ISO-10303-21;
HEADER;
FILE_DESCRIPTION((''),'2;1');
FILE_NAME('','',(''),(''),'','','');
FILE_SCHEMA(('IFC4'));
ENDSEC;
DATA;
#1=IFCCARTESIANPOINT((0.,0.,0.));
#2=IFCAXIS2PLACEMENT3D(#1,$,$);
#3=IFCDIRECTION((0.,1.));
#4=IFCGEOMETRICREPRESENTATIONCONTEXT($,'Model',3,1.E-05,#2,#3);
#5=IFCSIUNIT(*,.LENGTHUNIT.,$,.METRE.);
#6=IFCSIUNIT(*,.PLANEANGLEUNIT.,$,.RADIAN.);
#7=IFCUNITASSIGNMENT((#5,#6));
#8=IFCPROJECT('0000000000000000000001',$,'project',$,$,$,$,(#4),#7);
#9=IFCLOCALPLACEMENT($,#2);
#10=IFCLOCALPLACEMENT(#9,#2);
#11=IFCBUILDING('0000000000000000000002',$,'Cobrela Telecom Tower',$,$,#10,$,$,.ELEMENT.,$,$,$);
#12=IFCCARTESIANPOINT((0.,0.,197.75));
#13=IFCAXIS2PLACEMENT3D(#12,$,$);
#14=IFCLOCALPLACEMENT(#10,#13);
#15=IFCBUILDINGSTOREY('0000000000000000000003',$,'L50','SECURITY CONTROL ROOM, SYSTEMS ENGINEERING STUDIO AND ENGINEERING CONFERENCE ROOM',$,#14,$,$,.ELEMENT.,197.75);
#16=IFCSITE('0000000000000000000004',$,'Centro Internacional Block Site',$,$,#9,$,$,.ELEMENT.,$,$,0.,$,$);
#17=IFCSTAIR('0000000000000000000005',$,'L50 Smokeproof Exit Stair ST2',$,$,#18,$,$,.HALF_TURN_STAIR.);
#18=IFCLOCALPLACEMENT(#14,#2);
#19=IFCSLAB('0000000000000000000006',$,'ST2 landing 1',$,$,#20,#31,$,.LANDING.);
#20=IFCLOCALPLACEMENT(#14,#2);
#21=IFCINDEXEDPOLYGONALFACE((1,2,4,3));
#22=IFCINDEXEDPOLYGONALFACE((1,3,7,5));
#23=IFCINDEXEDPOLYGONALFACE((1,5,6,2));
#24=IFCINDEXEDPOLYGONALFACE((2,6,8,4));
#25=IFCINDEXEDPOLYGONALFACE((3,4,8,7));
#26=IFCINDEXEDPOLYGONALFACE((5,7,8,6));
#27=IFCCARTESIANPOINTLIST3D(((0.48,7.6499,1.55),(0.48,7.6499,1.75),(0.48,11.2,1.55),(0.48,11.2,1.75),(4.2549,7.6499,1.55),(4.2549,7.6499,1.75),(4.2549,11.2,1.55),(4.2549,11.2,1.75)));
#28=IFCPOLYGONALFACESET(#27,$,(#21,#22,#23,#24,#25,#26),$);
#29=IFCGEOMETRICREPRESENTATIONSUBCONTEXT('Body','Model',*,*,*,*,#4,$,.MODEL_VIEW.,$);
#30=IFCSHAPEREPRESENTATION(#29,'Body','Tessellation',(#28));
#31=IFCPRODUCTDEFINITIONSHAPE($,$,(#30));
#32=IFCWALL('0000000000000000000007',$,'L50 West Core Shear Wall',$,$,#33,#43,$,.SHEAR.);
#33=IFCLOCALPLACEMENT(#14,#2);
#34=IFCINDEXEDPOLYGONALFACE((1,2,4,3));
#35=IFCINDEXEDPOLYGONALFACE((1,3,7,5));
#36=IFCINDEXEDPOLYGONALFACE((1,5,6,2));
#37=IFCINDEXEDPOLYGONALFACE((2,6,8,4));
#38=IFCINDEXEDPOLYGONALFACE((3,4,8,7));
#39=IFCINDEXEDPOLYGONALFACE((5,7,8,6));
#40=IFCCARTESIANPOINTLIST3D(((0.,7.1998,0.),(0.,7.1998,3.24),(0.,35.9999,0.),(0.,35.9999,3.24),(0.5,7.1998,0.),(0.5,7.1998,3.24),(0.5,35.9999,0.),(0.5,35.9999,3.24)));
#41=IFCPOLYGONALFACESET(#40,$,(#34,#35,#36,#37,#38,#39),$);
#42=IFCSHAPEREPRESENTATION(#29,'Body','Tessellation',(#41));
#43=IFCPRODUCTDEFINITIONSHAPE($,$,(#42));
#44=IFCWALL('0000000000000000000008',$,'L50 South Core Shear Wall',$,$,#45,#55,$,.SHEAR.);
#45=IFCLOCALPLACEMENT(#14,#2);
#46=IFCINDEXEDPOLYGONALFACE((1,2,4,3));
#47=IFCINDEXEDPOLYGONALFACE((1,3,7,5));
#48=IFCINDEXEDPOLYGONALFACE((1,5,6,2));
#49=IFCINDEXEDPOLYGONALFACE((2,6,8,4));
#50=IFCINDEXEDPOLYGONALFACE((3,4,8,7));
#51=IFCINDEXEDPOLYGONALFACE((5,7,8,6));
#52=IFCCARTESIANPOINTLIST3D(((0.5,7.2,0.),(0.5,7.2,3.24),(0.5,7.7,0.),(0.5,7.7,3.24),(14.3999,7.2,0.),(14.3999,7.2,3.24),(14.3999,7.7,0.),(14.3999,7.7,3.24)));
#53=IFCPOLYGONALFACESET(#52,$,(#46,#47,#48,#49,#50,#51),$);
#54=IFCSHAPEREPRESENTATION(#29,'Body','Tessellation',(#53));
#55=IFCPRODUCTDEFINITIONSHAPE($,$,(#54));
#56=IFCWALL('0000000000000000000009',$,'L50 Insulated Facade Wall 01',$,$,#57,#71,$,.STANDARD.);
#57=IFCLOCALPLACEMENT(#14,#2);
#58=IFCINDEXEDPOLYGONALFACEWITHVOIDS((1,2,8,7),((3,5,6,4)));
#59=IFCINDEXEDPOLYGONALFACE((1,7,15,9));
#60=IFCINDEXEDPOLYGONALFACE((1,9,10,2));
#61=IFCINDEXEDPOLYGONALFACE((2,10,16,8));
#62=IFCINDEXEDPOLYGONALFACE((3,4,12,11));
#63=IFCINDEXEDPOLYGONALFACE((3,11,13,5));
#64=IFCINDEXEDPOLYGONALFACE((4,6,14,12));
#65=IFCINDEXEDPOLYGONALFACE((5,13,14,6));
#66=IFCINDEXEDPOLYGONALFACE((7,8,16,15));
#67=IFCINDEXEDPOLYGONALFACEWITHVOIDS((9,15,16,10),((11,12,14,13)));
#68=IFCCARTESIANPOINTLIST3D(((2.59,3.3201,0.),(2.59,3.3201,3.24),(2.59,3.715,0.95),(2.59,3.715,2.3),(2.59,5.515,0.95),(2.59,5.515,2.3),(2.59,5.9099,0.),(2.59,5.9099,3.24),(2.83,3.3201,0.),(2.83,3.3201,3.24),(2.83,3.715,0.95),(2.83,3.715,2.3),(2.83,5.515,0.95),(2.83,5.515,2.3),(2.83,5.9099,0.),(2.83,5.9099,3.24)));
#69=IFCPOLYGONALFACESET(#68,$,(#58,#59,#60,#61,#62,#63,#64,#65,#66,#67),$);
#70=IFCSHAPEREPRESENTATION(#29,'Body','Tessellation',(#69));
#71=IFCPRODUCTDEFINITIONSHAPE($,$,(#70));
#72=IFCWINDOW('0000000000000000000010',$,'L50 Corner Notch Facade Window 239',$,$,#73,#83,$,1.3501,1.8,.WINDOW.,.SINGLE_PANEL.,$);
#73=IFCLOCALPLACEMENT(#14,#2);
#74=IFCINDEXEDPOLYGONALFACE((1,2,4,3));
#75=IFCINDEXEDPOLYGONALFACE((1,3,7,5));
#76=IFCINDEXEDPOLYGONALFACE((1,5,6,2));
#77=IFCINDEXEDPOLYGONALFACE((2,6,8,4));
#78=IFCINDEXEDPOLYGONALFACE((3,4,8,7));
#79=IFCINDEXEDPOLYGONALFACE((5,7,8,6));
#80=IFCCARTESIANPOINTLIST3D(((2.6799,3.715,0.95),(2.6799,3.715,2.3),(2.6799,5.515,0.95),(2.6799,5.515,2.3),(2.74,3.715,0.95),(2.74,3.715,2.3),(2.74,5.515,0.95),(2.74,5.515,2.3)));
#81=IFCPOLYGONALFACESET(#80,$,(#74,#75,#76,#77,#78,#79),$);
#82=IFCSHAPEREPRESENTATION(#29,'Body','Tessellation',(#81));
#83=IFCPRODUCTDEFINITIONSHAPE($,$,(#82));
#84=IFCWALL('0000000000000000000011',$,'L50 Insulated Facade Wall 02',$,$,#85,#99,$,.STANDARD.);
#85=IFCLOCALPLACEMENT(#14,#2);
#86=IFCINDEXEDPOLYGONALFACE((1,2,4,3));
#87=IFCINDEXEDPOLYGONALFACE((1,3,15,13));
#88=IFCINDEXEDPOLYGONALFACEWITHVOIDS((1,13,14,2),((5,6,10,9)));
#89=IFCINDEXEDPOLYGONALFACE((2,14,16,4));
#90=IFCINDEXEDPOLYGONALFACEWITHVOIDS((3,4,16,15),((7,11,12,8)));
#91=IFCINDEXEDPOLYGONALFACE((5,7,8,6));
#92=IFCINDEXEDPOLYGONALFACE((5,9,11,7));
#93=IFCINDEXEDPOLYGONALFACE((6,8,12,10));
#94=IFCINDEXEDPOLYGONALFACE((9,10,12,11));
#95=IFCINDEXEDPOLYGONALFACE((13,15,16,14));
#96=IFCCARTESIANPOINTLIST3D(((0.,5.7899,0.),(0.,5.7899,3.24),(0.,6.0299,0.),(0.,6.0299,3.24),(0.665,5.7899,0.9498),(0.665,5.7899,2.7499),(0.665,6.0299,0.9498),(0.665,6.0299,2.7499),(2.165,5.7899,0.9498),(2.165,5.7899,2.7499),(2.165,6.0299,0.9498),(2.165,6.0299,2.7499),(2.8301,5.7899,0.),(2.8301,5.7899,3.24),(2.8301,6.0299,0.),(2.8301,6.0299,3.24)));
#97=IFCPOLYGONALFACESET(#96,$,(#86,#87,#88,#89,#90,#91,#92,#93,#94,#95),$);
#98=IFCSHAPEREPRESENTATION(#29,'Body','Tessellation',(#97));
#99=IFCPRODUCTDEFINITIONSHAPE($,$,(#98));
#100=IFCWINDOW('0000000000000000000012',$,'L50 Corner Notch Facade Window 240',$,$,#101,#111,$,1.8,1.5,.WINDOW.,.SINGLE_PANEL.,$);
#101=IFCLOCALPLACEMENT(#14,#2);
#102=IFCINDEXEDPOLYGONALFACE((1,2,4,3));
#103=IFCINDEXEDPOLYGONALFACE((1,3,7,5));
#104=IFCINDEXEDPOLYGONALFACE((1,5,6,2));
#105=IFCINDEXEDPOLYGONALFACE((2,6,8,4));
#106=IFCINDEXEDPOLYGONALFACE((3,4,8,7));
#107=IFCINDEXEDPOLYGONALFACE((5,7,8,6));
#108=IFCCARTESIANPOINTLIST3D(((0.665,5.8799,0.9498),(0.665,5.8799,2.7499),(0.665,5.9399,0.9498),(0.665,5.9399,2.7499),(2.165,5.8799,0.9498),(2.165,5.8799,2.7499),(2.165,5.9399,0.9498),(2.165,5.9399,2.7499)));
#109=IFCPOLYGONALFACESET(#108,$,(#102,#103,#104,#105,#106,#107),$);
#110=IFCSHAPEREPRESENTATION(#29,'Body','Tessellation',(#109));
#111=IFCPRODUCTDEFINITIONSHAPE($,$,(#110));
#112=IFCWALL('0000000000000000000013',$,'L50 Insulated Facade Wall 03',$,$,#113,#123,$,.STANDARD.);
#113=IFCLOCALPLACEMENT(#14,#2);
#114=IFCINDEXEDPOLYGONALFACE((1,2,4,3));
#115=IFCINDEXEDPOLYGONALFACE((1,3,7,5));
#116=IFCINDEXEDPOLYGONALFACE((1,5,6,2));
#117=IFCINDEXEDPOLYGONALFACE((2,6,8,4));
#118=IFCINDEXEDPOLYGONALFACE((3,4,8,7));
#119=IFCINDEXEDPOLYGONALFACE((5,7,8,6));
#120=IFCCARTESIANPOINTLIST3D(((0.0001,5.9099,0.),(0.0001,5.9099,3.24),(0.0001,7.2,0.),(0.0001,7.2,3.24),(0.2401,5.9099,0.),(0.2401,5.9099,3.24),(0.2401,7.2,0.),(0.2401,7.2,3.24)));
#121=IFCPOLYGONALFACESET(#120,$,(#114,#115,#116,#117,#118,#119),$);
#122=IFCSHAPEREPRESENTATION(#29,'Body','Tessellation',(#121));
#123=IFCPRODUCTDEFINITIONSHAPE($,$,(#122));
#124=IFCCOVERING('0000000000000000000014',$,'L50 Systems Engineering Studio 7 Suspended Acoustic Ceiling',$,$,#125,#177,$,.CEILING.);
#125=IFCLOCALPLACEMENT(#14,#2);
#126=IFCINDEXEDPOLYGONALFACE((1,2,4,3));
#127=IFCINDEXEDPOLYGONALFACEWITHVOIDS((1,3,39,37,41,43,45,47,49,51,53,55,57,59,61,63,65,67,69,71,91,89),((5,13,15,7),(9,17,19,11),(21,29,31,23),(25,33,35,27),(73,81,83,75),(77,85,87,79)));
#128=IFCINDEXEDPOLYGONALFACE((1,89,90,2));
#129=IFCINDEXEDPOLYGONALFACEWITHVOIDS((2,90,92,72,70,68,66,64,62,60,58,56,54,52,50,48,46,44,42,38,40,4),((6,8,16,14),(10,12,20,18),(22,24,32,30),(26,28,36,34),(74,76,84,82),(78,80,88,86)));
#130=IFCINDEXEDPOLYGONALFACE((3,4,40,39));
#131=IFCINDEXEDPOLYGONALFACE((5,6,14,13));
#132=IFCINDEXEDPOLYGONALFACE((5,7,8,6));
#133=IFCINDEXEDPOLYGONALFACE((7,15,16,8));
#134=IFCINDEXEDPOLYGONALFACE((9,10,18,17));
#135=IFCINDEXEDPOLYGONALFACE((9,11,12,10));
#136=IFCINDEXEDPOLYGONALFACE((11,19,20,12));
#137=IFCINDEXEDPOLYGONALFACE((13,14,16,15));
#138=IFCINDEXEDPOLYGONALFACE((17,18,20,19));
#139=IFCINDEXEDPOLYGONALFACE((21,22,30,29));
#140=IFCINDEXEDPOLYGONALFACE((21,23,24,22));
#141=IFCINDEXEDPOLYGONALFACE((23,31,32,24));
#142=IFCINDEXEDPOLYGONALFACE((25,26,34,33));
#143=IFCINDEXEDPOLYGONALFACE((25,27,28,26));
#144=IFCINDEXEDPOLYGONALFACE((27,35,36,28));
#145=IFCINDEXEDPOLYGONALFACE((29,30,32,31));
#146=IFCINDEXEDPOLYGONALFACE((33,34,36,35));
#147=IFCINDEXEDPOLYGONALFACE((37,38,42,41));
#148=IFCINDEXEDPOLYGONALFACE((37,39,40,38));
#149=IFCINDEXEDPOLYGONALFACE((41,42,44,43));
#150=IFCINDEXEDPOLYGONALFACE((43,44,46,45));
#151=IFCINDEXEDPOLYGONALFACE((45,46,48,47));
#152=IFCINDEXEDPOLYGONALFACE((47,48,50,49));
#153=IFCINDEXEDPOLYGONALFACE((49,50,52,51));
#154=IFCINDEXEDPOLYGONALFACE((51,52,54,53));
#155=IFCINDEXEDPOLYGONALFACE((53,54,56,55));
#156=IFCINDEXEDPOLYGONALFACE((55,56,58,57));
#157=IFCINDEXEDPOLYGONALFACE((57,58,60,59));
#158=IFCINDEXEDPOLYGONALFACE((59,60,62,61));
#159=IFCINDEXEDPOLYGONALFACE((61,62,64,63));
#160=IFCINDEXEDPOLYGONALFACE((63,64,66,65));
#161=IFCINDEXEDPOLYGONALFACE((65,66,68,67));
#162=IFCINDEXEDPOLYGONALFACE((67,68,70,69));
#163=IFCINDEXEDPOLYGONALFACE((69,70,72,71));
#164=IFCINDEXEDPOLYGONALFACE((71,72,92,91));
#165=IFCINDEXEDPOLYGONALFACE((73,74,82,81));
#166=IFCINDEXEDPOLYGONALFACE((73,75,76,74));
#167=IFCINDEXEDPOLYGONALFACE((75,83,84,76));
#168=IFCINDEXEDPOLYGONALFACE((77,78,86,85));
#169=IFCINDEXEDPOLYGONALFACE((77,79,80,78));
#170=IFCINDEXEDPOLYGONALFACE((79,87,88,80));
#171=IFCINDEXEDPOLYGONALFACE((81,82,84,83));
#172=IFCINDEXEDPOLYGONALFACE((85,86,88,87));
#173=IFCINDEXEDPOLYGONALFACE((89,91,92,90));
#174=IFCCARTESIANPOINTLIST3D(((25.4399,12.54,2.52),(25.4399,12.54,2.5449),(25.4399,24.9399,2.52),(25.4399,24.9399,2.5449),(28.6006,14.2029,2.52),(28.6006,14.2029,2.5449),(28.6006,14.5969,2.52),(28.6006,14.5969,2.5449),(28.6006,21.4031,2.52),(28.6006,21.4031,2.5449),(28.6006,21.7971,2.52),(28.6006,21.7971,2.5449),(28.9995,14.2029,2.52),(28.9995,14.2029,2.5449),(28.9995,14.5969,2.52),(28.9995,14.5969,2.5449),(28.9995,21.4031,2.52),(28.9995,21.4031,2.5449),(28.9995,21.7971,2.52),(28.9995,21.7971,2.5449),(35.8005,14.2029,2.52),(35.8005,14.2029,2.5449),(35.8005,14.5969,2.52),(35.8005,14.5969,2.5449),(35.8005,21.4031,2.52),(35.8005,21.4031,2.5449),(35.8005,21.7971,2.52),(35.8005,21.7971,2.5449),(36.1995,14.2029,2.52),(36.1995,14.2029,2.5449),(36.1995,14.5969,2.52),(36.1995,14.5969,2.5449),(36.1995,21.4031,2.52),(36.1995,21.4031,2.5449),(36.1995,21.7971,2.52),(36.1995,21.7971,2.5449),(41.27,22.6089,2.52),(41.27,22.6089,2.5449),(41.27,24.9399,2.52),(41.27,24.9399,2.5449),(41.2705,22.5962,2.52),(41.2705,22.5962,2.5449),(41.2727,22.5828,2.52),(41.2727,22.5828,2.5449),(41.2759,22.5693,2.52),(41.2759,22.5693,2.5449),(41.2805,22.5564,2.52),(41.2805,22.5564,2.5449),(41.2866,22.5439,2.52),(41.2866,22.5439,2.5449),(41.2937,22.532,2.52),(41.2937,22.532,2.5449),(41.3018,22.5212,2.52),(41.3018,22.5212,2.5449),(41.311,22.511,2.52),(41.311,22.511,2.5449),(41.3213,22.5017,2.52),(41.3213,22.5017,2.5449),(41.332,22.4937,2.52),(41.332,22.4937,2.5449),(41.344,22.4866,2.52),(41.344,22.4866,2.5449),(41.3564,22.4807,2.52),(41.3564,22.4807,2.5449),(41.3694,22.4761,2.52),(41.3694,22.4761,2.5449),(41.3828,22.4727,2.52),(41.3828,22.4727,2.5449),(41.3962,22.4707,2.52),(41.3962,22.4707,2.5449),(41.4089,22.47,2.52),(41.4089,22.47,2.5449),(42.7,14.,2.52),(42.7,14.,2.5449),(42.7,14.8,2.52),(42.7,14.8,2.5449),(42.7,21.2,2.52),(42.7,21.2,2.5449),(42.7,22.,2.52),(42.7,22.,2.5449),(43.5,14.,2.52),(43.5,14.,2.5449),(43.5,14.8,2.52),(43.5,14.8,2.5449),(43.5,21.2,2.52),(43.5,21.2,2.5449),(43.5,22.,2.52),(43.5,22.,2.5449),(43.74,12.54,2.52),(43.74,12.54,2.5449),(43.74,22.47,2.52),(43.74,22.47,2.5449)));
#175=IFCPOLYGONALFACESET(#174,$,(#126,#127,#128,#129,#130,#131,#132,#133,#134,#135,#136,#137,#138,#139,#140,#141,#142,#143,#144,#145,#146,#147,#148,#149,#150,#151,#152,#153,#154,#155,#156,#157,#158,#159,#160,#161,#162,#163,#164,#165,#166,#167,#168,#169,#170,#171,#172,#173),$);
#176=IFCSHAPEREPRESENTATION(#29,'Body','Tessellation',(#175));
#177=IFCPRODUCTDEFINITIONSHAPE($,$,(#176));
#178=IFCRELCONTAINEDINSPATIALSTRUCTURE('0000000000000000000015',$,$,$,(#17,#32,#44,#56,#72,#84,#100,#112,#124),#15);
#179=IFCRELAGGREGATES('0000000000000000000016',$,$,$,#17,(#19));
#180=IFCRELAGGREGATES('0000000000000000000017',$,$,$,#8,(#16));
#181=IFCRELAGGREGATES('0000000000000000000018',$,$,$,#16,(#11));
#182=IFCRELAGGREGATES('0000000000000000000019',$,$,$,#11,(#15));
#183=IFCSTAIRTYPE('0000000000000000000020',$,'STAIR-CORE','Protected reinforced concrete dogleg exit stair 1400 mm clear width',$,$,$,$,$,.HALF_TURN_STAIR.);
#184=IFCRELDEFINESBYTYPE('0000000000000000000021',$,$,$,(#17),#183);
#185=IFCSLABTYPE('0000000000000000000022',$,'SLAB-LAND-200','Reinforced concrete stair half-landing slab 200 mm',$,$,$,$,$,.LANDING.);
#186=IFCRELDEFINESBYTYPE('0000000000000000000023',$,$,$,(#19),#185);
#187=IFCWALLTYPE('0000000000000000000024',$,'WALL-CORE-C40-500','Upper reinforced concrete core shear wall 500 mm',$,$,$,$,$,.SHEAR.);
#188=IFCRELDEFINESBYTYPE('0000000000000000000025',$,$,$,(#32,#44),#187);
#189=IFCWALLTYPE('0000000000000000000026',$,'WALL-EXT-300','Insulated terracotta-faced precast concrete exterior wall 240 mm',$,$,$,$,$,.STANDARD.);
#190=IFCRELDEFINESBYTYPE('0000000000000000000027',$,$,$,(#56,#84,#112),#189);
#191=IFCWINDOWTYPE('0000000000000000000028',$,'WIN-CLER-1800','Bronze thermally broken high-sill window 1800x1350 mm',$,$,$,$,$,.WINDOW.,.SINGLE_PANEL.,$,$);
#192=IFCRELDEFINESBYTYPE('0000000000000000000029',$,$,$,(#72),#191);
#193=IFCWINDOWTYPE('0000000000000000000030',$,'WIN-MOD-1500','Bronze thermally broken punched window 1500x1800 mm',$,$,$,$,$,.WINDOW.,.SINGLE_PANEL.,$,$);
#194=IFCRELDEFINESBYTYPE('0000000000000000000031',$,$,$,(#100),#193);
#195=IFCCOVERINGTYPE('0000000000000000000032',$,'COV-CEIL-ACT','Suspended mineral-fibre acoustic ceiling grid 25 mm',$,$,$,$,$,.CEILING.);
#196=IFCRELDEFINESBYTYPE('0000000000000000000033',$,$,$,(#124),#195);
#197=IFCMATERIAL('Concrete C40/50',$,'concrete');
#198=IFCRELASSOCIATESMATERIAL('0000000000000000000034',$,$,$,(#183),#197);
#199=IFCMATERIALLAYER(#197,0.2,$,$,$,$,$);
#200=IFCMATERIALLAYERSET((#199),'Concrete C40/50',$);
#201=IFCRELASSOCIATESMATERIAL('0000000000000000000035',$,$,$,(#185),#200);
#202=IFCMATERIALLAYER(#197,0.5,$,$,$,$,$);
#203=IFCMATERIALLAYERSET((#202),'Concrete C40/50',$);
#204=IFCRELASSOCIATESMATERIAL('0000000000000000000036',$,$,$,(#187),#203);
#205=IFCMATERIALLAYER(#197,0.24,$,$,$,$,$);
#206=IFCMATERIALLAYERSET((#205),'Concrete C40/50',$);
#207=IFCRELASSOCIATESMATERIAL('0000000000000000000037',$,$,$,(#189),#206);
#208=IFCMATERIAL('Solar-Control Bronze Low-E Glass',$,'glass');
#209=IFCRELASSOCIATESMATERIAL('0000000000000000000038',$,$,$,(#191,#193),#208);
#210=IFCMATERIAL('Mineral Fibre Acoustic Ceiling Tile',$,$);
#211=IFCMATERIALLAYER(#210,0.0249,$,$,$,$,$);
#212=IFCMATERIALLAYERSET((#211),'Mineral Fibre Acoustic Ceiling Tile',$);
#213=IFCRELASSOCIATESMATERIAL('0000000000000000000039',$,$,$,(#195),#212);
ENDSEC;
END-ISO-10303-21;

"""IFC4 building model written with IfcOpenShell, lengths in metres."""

from ifc_helpers import new_model, si_unit, direction, frame, frame_2d, origin, place, context, subcontext, project, spatial, polyline, rectangle, outline, extrude, material, layer, layer_set, type_object, element, fill, aggregate, save


model = new_model("IFC4")

# Units and contexts
model_context = context("Model", 3, precision=1e-05, world=origin(), true_north=direction((0.0, 1.0)))
body_context = subcontext(model_context, "Body", "Model", "MODEL_VIEW")
ifc_project = project(units=[si_unit("LENGTHUNIT", "METRE"), si_unit("PLANEANGLEUNIT", "RADIAN")], contexts=[model_context])

# Site, building, storey
site_placement = place(None, origin())
site = spatial("IfcSite", under=ifc_project, at=site_placement, Name="Centro Internacional Block Site", CompositionType="ELEMENT", RefElevation=0.0)
building_placement = place(site_placement, origin())
building = spatial("IfcBuilding", under=site, at=building_placement, Name="Cobrela Telecom Tower", CompositionType="ELEMENT")
storey_placement = place(building_placement, frame((0.0, 0.0, 197.75)))
storey = spatial("IfcBuildingStorey", under=building, at=storey_placement, Name="L50", Description="SECURITY CONTROL ROOM, SYSTEMS ENGINEERING STUDIO AND ENGINEERING CONFERENCE ROOM", CompositionType="ELEMENT", Elevation=197.75)

# Shared definitions
ifc_material_1 = material(Name="Concrete C40/50", Category="concrete")

# Stair, slab
stair_type = type_object("IfcStairType", Name="STAIR-CORE", Description="Protected reinforced concrete dogleg exit stair 1400 mm clear width", PredefinedType="HALF_TURN_STAIR", material=ifc_material_1)
ifc_layer_1 = layer(ifc_material_1, 0.2)
ifc_layer_set_1 = layer_set([ifc_layer_1], Name="Concrete C40/50")
slab_type_1 = type_object("IfcSlabType", Name="SLAB-LAND-200", Description="Reinforced concrete stair half-landing slab 200 mm", PredefinedType="LANDING", material=ifc_layer_set_1)
stair_1_placement = place(storey_placement, origin())
stair_1 = element("IfcStair", 1, at=stair_1_placement, inside=storey, type_object=stair_type, Name="L50 Smokeproof Exit Stair ST2", PredefinedType="HALF_TURN_STAIR")
slab_1_placement = place(storey_placement, frame((0.0, 0.0, 1.55)))
slab_1 = element("IfcSlab", 2, at=slab_1_placement, type_object=slab_type_1, Name="ST2 landing 1", PredefinedType="LANDING", context=body_context, shape_type="SweptSolid", body=[
    extrude(outline(polyline([(4.2549, 11.2), (0.48, 11.2), (0.48, 7.6499), (4.2549, 7.6499), (4.2549, 11.2)])), origin(), (0.0, 0.0, 1.0), 0.2),
])
aggregate(stair_1, [slab_1])

# Walls
ifc_layer_2 = layer(ifc_material_1, 0.5)
ifc_layer_set_2 = layer_set([ifc_layer_2], Name="Concrete C40/50")
wall_type_1 = type_object("IfcWallType", Name="WALL-CORE-C40-500", Description="Upper reinforced concrete core shear wall 500 mm", PredefinedType="SHEAR", material=ifc_layer_set_2)
wall_1_placement = place(storey_placement, frame((0.25, 7.2, 0.0), z_axis=(0.0, 0.0, 1.0), x_axis=(0.0, 1.0, 0.0)))
element("IfcWall", 3, at=wall_1_placement, inside=storey, type_object=wall_type_1, Name="L50 West Core Shear Wall", PredefinedType="SHEAR", context=body_context, shape_type="SweptSolid", body=[
    extrude(rectangle(XDim=28.8, YDim=0.5, at=frame_2d((14.3999, 0.0))), origin(), (0.0, 0.0, 1.0), 3.24),
])
wall_2_placement = place(storey_placement, frame((0.5, 7.45, 0.0), z_axis=(0.0, 0.0, 1.0), x_axis=(1.0, 0.0, 0.0)))
element("IfcWall", 4, at=wall_2_placement, inside=storey, type_object=wall_type_1, Name="L50 South Core Shear Wall", PredefinedType="SHEAR", context=body_context, shape_type="SweptSolid", body=[
    extrude(rectangle(XDim=13.8999, YDim=0.5, at=frame_2d((6.95, 0.0))), origin(), (0.0, 0.0, 1.0), 3.24),
])

# Walls, openings, windows
ifc_layer_3 = layer(ifc_material_1, 0.24)
ifc_layer_set_3 = layer_set([ifc_layer_3], Name="Concrete C40/50")
wall_type_2 = type_object("IfcWallType", Name="WALL-EXT-300", Description="Insulated terracotta-faced precast concrete exterior wall 240 mm", PredefinedType="STANDARD", material=ifc_layer_set_3)
wall_3_placement = place(storey_placement, frame((2.71, 3.3201, 0.0), z_axis=(0.0, 0.0, 1.0), x_axis=(0.0, 1.0, 0.0)))
wall_3 = element("IfcWall", 5, at=wall_3_placement, inside=storey, type_object=wall_type_2, Name="L50 Insulated Facade Wall 01", PredefinedType="STANDARD", context=body_context, shape_type="SweptSolid", body=[
    extrude(rectangle(XDim=2.5898, YDim=0.24, at=frame_2d((1.2949, 0.0))), origin(), (0.0, 0.0, 1.0), 3.24),
])
opening_1_placement = place(wall_3_placement, frame((0.395, 0.0, 0.95)))
opening_1 = element("IfcOpeningElement", 6, at=opening_1_placement, cuts=wall_3, PredefinedType="OPENING", context=body_context, shape_type="SweptSolid", body=[
    extrude(rectangle(XDim=1.8, YDim=1.3501, at=frame_2d((0.8999, 0.675))), frame((0.0, 0.1318, 0.0), z_axis=(0.0, -1.0, 0.0), x_axis=(1.0, 0.0, 0.0)), (0.0, 0.0, 1.0), 0.2639),
])
ifc_material_2 = material(Name="Solar-Control Bronze Low-E Glass", Category="glass")
window_type_1 = type_object("IfcWindowType", Name="WIN-CLER-1800", Description="Bronze thermally broken high-sill window 1800x1350 mm", PartitioningType="SINGLE_PANEL", PredefinedType="WINDOW", material=ifc_material_2)
window_1_placement = place(opening_1_placement, origin())
window_1 = element("IfcWindow", 7, at=window_1_placement, inside=storey, type_object=window_type_1, Name="L50 Corner Notch Facade Window 239", OverallHeight=1.3501, OverallWidth=1.8, PartitioningType="SINGLE_PANEL", PredefinedType="WINDOW", context=body_context, shape_type="SweptSolid", body=[
    extrude(rectangle(XDim=1.8, YDim=1.3501, at=frame_2d((0.8999, 0.675))), frame((0.0, 0.03, 0.0), z_axis=(0.0, -1.0, 0.0), x_axis=(1.0, 0.0, 0.0)), (0.0, 0.0, 1.0), 0.0601),
])
fill(opening_1, window_1)
wall_4_placement = place(storey_placement, frame((2.8301, 5.9099, 0.0), z_axis=(0.0, 0.0, 1.0), x_axis=(-1.0, 0.0, 0.0)))
wall_4 = element("IfcWall", 8, at=wall_4_placement, inside=storey, type_object=wall_type_2, Name="L50 Insulated Facade Wall 02", PredefinedType="STANDARD", context=body_context, shape_type="SweptSolid", body=[
    extrude(rectangle(XDim=2.8301, YDim=0.24, at=frame_2d((1.415, 0.0))), origin(), (0.0, 0.0, 1.0), 3.24),
])
opening_2_placement = place(wall_4_placement, frame((0.665, 0.0, 0.95)))
opening_2 = element("IfcOpeningElement", 9, at=opening_2_placement, cuts=wall_4, PredefinedType="OPENING", context=body_context, shape_type="SweptSolid", body=[
    extrude(rectangle(XDim=1.5, YDim=1.8, at=frame_2d((0.75, 0.8999))), frame((0.0, 0.1318, 0.0), z_axis=(0.0, -1.0, 0.0), x_axis=(1.0, 0.0, 0.0)), (0.0, 0.0, 1.0), 0.2639),
])
window_type_2 = type_object("IfcWindowType", Name="WIN-MOD-1500", Description="Bronze thermally broken punched window 1500x1800 mm", PartitioningType="SINGLE_PANEL", PredefinedType="WINDOW", material=ifc_material_2)
window_2_placement = place(opening_2_placement, origin())
window_2 = element("IfcWindow", 10, at=window_2_placement, inside=storey, type_object=window_type_2, Name="L50 Corner Notch Facade Window 240", OverallHeight=1.8, OverallWidth=1.5, PartitioningType="SINGLE_PANEL", PredefinedType="WINDOW", context=body_context, shape_type="SweptSolid", body=[
    extrude(rectangle(XDim=1.5, YDim=1.8, at=frame_2d((0.75, 0.8999))), frame((0.0, 0.03, 0.0), z_axis=(0.0, -1.0, 0.0), x_axis=(1.0, 0.0, 0.0)), (0.0, 0.0, 1.0), 0.0601),
])
fill(opening_2, window_2)

# Wall
wall_5_placement = place(storey_placement, frame((0.1201, 5.9099, 0.0), z_axis=(0.0, 0.0, 1.0), x_axis=(0.0, 1.0, 0.0)))
element("IfcWall", 11, at=wall_5_placement, inside=storey, type_object=wall_type_2, Name="L50 Insulated Facade Wall 03", PredefinedType="STANDARD", context=body_context, shape_type="SweptSolid", body=[
    extrude(rectangle(XDim=1.29, YDim=0.24, at=frame_2d((0.645, 0.0))), origin(), (0.0, 0.0, 1.0), 3.24),
])

# Covering
ifc_material_3 = material(Name="Mineral Fibre Acoustic Ceiling Tile")
ifc_layer_4 = layer(ifc_material_3, 0.0249)
ifc_layer_set_4 = layer_set([ifc_layer_4], Name="Mineral Fibre Acoustic Ceiling Tile")
covering_type_1 = type_object("IfcCoveringType", Name="COV-CEIL-ACT", Description="Suspended mineral-fibre acoustic ceiling grid 25 mm", PredefinedType="CEILING", material=ifc_layer_set_4)
covering_1_placement = place(storey_placement, frame((0.0, 0.0, 2.52)))
element("IfcCovering", 12, at=covering_1_placement, inside=storey, type_object=covering_type_1, Name="L50 Systems Engineering Studio 7 Suspended Acoustic Ceiling", PredefinedType="CEILING", context=body_context, shape_type="SweptSolid", body=[
    extrude(outline(polyline([(41.27, 24.9399), (41.27, 22.6089), (41.2705, 22.5962), (41.2727, 22.5828), (41.2759, 22.5693), (41.2805, 22.5564), (41.2866, 22.5439), (41.2937, 22.532), (41.3018, 22.5212), (41.311, 22.511), (41.3213, 22.5017), (41.332, 22.4937), (41.344, 22.4866), (41.3564, 22.4807), (41.3694, 22.4761), (41.3828, 22.4727), (41.3962, 22.4707), (41.4089, 22.47), (43.74, 22.47), (43.74, 12.54), (25.4399, 12.54), (25.4399, 24.9399), (41.27, 24.9399)]), holes=[polyline([(28.9995, 14.5969), (28.6006, 14.5969), (28.6006, 14.2029), (28.9995, 14.2029), (28.9995, 14.5969)]), polyline([(36.1995, 14.2029), (36.1995, 14.5969), (35.8005, 14.5969), (35.8005, 14.2029), (36.1995, 14.2029)]), polyline([(43.5, 14.0), (43.5, 14.8), (42.7, 14.8), (42.7, 14.0), (43.5, 14.0)]), polyline([(28.9995, 21.7971), (28.6006, 21.7971), (28.6006, 21.4031), (28.9995, 21.4031), (28.9995, 21.7971)]), polyline([(36.1995, 21.4031), (36.1995, 21.7971), (35.8005, 21.7971), (35.8005, 21.4031), (36.1995, 21.4031)]), polyline([(43.5, 21.2), (43.5, 22.0), (42.7, 22.0), (42.7, 21.2), (43.5, 21.2)])]), origin(), (0.0, 0.0, 1.0), 0.0249),
])

save(model, "model.ifc")
